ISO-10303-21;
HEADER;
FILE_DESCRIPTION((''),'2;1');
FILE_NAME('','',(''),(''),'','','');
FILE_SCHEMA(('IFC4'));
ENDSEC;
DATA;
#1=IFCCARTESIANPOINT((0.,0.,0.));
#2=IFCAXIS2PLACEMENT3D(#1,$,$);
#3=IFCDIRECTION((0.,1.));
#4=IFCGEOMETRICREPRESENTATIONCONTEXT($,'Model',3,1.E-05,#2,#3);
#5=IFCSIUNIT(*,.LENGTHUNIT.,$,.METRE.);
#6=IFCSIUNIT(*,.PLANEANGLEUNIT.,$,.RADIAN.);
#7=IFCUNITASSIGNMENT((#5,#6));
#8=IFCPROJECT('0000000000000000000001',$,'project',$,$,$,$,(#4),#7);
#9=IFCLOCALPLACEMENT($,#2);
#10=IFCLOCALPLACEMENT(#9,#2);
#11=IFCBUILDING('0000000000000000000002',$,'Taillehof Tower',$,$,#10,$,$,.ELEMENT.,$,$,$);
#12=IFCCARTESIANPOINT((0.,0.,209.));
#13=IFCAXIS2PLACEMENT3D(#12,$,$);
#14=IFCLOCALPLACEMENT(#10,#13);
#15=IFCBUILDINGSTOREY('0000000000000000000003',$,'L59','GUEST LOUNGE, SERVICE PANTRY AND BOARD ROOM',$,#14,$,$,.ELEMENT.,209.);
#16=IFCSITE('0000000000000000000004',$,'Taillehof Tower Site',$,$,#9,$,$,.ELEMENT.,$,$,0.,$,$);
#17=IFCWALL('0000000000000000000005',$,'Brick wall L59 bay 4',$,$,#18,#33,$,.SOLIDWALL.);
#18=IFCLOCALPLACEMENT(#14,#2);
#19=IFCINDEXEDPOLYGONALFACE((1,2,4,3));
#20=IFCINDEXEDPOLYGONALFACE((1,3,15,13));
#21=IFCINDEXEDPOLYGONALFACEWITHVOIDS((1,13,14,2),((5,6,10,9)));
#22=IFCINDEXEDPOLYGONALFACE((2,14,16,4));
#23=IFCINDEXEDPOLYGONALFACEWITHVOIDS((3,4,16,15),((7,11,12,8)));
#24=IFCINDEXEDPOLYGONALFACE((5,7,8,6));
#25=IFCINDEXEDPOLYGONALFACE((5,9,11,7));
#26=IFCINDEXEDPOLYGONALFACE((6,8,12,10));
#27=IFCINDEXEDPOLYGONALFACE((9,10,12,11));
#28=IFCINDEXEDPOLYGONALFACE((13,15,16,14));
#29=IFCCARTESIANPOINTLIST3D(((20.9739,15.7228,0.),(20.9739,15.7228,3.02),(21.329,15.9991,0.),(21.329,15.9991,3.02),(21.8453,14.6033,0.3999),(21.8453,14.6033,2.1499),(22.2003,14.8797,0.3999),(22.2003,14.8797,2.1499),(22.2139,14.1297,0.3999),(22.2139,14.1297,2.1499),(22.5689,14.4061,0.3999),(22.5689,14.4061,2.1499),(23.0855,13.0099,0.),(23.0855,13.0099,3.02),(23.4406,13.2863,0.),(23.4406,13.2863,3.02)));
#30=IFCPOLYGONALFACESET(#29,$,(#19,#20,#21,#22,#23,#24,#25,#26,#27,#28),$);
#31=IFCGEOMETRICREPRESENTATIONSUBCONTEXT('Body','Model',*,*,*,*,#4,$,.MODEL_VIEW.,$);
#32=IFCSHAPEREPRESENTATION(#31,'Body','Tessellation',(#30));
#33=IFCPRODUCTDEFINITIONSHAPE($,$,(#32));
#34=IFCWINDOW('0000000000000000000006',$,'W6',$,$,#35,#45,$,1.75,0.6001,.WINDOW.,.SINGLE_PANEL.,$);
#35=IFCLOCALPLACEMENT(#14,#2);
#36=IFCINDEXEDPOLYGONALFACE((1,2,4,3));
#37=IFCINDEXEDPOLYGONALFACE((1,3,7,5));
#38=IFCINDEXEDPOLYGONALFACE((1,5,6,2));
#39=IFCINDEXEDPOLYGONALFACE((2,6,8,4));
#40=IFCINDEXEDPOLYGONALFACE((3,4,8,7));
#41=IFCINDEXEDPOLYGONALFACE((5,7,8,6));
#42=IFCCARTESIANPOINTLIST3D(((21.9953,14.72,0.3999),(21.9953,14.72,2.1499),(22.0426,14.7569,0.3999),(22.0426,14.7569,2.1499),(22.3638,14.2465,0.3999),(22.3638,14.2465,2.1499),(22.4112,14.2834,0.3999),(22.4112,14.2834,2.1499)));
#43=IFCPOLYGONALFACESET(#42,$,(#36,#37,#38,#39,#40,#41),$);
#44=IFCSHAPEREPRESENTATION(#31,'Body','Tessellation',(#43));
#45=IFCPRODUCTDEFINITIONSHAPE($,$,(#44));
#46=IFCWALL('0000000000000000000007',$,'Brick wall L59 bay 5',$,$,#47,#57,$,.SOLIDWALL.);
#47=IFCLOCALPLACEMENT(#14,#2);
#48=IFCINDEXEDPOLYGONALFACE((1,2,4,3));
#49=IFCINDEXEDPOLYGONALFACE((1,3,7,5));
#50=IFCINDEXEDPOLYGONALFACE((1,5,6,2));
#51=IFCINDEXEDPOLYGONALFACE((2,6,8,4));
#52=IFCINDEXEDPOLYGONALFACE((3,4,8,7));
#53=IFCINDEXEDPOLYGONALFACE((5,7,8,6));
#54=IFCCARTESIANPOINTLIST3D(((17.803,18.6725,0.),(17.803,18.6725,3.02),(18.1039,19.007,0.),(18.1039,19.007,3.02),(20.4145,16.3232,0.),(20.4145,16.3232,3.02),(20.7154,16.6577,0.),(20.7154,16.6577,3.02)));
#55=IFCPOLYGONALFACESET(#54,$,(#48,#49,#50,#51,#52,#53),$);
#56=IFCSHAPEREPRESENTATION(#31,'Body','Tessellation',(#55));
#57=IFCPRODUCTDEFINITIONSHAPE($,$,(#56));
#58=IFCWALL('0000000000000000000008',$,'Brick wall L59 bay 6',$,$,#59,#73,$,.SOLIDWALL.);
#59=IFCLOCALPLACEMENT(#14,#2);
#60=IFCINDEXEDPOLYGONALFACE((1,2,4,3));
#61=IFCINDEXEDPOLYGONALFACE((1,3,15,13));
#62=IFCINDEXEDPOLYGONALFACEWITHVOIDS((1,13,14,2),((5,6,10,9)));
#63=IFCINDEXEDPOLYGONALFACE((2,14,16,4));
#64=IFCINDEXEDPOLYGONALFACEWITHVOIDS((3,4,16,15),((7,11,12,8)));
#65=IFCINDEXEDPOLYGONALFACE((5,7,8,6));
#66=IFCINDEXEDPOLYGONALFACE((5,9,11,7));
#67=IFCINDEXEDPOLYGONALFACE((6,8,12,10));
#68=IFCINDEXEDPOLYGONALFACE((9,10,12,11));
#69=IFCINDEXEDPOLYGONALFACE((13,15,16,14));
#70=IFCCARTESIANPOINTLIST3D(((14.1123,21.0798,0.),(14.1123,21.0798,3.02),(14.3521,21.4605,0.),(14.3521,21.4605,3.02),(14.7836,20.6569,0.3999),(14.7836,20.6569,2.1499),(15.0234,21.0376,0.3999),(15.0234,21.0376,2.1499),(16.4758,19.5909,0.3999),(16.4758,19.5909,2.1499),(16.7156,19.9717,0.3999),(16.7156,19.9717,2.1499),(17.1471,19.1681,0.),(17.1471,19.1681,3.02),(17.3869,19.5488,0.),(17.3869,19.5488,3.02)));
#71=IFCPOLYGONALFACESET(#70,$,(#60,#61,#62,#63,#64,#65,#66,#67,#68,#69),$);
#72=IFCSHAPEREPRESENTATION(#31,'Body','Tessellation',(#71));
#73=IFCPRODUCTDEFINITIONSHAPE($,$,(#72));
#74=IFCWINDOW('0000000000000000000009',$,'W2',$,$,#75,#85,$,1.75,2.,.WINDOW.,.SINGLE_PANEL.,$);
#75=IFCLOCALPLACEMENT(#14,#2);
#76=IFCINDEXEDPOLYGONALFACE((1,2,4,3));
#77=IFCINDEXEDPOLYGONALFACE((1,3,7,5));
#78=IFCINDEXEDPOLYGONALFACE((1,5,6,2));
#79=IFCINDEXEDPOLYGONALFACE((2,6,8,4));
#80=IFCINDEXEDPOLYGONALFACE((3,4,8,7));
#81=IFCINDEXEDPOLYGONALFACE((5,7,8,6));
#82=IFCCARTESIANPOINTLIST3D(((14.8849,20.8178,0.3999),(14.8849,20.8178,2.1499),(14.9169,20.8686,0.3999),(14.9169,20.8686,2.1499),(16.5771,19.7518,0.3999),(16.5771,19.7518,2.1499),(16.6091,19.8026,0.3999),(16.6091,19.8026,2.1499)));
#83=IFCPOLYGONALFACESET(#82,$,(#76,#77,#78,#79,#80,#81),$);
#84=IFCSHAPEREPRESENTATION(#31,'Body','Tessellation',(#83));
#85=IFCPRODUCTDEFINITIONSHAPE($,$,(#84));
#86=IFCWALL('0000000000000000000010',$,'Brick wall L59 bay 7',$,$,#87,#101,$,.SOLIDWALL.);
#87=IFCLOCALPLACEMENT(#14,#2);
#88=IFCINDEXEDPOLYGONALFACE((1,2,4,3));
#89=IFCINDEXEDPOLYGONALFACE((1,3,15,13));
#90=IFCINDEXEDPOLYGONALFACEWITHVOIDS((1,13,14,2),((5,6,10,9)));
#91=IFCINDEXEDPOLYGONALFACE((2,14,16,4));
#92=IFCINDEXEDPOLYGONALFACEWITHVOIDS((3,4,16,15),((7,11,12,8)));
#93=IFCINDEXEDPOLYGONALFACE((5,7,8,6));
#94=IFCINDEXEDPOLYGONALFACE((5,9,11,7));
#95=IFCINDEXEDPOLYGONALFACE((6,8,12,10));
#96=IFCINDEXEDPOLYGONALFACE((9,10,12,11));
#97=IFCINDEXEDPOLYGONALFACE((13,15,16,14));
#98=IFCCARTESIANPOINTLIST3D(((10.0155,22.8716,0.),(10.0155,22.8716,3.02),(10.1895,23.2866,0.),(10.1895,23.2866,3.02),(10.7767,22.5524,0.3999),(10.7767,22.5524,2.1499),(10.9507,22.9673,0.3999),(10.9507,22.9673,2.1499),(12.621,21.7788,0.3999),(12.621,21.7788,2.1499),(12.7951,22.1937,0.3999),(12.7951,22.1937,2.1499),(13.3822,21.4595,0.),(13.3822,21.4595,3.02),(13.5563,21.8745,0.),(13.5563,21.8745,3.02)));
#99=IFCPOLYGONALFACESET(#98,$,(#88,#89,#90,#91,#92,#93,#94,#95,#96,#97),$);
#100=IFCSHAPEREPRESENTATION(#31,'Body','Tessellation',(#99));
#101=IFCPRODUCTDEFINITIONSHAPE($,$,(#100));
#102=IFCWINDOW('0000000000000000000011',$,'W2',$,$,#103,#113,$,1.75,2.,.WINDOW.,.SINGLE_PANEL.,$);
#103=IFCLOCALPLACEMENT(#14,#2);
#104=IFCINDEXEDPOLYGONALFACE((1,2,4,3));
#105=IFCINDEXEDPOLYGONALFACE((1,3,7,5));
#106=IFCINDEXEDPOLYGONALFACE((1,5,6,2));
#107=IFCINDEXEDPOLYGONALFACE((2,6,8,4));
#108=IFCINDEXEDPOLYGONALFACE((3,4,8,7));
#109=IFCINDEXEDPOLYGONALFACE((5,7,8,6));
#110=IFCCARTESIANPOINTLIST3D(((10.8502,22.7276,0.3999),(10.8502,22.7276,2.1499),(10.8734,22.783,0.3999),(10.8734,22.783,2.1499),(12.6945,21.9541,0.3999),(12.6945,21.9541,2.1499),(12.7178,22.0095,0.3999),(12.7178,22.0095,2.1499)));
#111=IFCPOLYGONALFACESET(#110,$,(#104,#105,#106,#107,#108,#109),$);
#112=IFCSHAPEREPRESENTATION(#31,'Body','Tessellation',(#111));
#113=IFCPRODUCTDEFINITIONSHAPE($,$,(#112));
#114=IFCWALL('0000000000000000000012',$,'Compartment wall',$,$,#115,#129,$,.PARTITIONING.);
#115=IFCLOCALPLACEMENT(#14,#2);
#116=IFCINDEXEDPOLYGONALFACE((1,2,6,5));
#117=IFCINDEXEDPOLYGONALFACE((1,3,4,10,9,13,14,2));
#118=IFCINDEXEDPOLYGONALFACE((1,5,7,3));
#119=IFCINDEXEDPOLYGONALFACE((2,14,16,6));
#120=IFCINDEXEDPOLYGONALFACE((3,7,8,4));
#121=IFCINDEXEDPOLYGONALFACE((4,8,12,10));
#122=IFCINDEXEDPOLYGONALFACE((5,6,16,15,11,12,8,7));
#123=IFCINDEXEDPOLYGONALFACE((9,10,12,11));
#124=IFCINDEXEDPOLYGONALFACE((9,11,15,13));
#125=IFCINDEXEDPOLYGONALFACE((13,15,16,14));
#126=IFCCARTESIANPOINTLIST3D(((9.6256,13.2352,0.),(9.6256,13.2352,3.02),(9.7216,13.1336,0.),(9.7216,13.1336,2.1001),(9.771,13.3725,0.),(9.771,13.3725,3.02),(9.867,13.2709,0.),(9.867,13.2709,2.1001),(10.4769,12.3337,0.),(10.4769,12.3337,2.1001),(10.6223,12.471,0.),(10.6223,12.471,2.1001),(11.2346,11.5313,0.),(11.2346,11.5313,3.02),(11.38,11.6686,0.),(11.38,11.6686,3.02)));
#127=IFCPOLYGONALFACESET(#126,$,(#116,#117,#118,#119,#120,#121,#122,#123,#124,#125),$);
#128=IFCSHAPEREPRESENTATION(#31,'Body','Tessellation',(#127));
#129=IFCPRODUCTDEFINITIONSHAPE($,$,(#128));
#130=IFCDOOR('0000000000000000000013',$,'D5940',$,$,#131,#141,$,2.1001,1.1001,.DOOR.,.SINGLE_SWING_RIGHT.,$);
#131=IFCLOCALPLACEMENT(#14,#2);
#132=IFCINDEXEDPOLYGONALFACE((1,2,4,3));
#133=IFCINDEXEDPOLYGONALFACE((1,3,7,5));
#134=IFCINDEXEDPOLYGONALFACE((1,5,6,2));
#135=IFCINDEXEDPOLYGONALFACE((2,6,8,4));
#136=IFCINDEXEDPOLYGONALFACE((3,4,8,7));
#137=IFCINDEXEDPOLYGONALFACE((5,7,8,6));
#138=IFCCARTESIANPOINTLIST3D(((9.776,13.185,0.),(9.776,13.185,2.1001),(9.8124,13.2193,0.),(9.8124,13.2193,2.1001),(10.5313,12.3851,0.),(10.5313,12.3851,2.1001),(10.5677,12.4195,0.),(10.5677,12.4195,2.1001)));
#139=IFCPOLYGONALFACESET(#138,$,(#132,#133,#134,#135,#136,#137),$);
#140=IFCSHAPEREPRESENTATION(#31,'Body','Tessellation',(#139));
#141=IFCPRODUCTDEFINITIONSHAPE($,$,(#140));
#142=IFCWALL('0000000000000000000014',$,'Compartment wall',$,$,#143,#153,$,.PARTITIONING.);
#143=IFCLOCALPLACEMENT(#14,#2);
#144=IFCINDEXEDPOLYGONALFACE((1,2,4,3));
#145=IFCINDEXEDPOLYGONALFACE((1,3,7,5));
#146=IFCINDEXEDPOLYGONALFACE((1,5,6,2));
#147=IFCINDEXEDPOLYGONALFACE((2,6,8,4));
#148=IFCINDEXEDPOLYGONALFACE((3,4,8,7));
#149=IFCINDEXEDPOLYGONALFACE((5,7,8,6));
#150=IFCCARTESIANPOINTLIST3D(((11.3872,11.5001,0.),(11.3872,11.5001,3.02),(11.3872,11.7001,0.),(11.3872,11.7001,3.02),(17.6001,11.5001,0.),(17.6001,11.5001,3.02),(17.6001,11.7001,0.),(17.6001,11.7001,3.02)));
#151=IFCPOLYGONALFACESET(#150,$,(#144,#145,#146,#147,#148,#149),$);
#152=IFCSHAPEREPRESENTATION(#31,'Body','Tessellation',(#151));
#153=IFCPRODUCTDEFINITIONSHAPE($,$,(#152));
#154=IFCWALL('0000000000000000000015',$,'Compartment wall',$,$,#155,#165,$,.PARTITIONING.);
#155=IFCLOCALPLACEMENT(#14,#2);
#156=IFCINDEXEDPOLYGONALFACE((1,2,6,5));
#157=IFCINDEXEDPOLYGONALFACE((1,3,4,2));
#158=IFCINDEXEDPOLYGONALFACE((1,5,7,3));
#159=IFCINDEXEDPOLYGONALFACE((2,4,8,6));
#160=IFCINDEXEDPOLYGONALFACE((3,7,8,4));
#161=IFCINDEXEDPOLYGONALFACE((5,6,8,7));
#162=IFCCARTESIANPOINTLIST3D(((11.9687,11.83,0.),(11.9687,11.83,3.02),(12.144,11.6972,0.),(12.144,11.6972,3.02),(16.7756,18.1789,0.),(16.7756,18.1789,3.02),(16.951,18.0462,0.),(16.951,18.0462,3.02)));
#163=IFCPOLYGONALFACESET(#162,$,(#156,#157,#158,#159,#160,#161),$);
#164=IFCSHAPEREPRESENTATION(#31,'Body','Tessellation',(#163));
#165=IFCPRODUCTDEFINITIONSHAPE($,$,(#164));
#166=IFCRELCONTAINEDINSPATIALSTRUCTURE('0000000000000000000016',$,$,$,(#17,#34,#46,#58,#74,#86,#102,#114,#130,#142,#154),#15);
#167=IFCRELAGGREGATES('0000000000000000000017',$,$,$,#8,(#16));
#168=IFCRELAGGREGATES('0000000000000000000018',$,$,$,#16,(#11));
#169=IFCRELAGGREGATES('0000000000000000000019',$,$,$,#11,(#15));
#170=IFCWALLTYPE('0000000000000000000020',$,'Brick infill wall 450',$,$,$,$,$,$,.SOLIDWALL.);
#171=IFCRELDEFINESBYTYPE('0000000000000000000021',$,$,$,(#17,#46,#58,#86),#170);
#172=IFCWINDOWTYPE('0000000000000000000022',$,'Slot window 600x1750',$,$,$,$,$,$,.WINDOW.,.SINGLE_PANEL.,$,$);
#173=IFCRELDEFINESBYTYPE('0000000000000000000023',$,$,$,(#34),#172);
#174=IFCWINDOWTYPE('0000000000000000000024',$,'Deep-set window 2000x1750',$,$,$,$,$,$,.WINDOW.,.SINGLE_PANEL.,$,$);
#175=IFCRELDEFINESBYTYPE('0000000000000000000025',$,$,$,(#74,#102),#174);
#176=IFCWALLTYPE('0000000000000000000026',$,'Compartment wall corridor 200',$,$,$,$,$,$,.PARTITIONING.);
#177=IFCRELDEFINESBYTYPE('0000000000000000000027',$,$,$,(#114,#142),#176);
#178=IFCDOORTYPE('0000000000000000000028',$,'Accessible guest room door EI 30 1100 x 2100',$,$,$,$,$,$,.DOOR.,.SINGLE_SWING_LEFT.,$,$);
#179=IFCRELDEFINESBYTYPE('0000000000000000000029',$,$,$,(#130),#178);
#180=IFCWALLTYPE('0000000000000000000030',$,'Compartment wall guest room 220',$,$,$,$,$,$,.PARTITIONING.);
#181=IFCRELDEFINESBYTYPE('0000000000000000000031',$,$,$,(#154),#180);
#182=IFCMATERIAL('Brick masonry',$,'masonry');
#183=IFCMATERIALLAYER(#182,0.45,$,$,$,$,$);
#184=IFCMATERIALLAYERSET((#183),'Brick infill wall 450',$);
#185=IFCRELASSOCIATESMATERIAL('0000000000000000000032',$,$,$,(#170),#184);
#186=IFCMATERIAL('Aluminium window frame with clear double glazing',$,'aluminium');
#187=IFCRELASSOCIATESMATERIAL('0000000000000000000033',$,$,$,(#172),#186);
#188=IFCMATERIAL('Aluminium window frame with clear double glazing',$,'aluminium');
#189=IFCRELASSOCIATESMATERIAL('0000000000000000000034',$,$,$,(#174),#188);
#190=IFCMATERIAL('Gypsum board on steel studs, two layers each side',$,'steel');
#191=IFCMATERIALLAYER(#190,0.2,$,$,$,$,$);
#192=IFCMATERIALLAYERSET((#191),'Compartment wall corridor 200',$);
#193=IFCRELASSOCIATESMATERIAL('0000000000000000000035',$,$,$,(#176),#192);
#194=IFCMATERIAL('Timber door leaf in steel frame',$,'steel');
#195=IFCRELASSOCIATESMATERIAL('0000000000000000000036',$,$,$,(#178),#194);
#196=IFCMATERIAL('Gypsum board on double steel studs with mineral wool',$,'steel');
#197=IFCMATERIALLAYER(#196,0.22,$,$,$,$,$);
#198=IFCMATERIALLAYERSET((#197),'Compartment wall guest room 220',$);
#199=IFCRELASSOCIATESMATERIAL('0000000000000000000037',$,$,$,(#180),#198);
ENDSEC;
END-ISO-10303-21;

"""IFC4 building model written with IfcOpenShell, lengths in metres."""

from ifc_helpers import new_model, si_unit, direction, frame, frame_2d, origin, place, context, subcontext, project, spatial, rectangle, extrude, material, layer, layer_set, type_object, element, fill, save


model = new_model("IFC4")

# Units and contexts
model_context = context("Model", 3, precision=1e-05, world=origin(), true_north=direction((0.0, 1.0)))
body_context = subcontext(model_context, "Body", "Model", "MODEL_VIEW")
ifc_project = project(units=[si_unit("LENGTHUNIT", "METRE"), si_unit("PLANEANGLEUNIT", "RADIAN")], contexts=[model_context])

# Site, building, storey
site_placement = place(None, origin())
site = spatial("IfcSite", under=ifc_project, at=site_placement, Name="Taillehof Tower Site", CompositionType="ELEMENT", RefElevation=0.0)
building_placement = place(site_placement, origin())
building = spatial("IfcBuilding", under=site, at=building_placement, Name="Taillehof Tower", CompositionType="ELEMENT")
storey_placement = place(building_placement, frame((0.0, 0.0, 209.0)))
storey = spatial("IfcBuildingStorey", under=building, at=storey_placement, Name="L59", Description="GUEST LOUNGE, SERVICE PANTRY AND BOARD ROOM", CompositionType="ELEMENT", Elevation=209.0)

# Wall, opening, window
ifc_material_1 = material(Name="Brick masonry", Category="masonry")
ifc_layer_1 = layer(ifc_material_1, 0.45)
ifc_layer_set_1 = layer_set([ifc_layer_1], Name="Brick infill wall 450")
wall_type_1 = type_object("IfcWallType", Name="Brick infill wall 450", PredefinedType="SOLIDWALL", material=ifc_layer_set_1)
wall_1_placement = place(storey_placement, frame((23.2629, 13.1482, 0.0), z_axis=(0.0, 0.0, 1.0), x_axis=(-0.614221, 0.789134, 0.0)))
wall_1 = element("IfcWall", 1, at=wall_1_placement, inside=storey, type_object=wall_type_1, Name="Brick wall L59 bay 4", PredefinedType="SOLIDWALL", context=body_context, shape_type="SweptSolid", body=[
    extrude(rectangle(XDim=3.4377, YDim=0.45, at=frame_2d((1.7188, 0.0))), origin(), (0.0, 0.0, 1.0), 3.02),
])
opening_1_placement = place(wall_1_placement, frame((1.4189, 0.0, 0.3999)))
opening_1 = element("IfcOpeningElement", 2, at=opening_1_placement, cuts=wall_1, PredefinedType="OPENING", context=body_context, shape_type="SweptSolid", body=[
    extrude(rectangle(XDim=0.6001, YDim=1.75, at=frame_2d((0.3, 0.875))), frame((0.0, 0.2349, 0.0), z_axis=(0.0, -1.0, 0.0), x_axis=(1.0, 0.0, 0.0)), (0.0, 0.0, 1.0), 0.47),
])
ifc_material_2 = material(Name="Aluminium window frame with clear double glazing", Category="aluminium")
window_type_1 = type_object("IfcWindowType", Name="Slot window 600x1750", PartitioningType="SINGLE_PANEL", PredefinedType="WINDOW", material=ifc_material_2)
window_1_placement = place(opening_1_placement, origin())
window_1 = element("IfcWindow", 3, at=window_1_placement, inside=storey, type_object=window_type_1, Name="W6", OverallHeight=1.75, OverallWidth=0.6001, PartitioningType="SINGLE_PANEL", PredefinedType="WINDOW", context=body_context, shape_type="SweptSolid", body=[
    extrude(rectangle(XDim=0.6001, YDim=1.75, at=frame_2d((0.3, 0.875))), frame((0.0, 0.0349, 0.0), z_axis=(0.0, -1.0, 0.0), x_axis=(1.0, 0.0, 0.0)), (0.0, 0.0, 1.0), 0.0601),
])
fill(opening_1, window_1)

# Wall
wall_2_placement = place(storey_placement, frame((20.5649, 16.4905, 0.0), z_axis=(0.0, 0.0, 1.0), x_axis=(-0.743443, 0.6688, 0.0)))
element("IfcWall", 4, at=wall_2_placement, inside=storey, type_object=wall_type_1, Name="Brick wall L59 bay 5", PredefinedType="SOLIDWALL", context=body_context, shape_type="SweptSolid", body=[
    extrude(rectangle(XDim=3.5127, YDim=0.45, at=frame_2d((1.7563, 0.0))), origin(), (0.0, 0.0, 1.0), 3.02),
])

# Walls, openings, windows
wall_3_placement = place(storey_placement, frame((17.2671, 19.3584, 0.0), z_axis=(0.0, 0.0, 1.0), x_axis=(-0.846119, 0.532994, 0.0)))
wall_3 = element("IfcWall", 5, at=wall_3_placement, inside=storey, type_object=wall_type_1, Name="Brick wall L59 bay 6", PredefinedType="SOLIDWALL", context=body_context, shape_type="SweptSolid", body=[
    extrude(rectangle(XDim=3.5867, YDim=0.45, at=frame_2d((1.7935, 0.0))), origin(), (0.0, 0.0, 1.0), 3.02),
])
opening_2_placement = place(wall_3_placement, frame((0.7935, 0.0, 0.3999)))
opening_2 = element("IfcOpeningElement", 6, at=opening_2_placement, cuts=wall_3, PredefinedType="OPENING", context=body_context, shape_type="SweptSolid", body=[
    extrude(rectangle(XDim=2.0, YDim=1.75, at=frame_2d((1.0, 0.875))), frame((0.0, 0.2349, 0.0), z_axis=(0.0, -1.0, 0.0), x_axis=(1.0, 0.0, 0.0)), (0.0, 0.0, 1.0), 0.47),
])
ifc_material_3 = material(Name="Aluminium window frame with clear double glazing", Category="aluminium")
window_type_2 = type_object("IfcWindowType", Name="Deep-set window 2000x1750", PartitioningType="SINGLE_PANEL", PredefinedType="WINDOW", material=ifc_material_3)
window_2_placement = place(opening_2_placement, origin())
window_2 = element("IfcWindow", 7, at=window_2_placement, inside=storey, type_object=window_type_2, Name="W2", OverallHeight=1.75, OverallWidth=2.0, PartitioningType="SINGLE_PANEL", PredefinedType="WINDOW", context=body_context, shape_type="SweptSolid", body=[
    extrude(rectangle(XDim=2.0, YDim=1.75, at=frame_2d((1.0, 0.875))), frame((0.0, 0.0349, 0.0), z_axis=(0.0, -1.0, 0.0), x_axis=(1.0, 0.0, 0.0)), (0.0, 0.0, 1.0), 0.0601),
])
fill(opening_2, window_2)
wall_4_placement = place(storey_placement, frame((13.4692, 21.667, 0.0), z_axis=(0.0, 0.0, 1.0), x_axis=(-0.922168, 0.386789, 0.0)))
wall_4 = element("IfcWall", 8, at=wall_4_placement, inside=storey, type_object=wall_type_1, Name="Brick wall L59 bay 7", PredefinedType="SOLIDWALL", context=body_context, shape_type="SweptSolid", body=[
    extrude(rectangle(XDim=3.6509, YDim=0.45, at=frame_2d((1.8254, 0.0))), origin(), (0.0, 0.0, 1.0), 3.02),
])
opening_3_placement = place(wall_4_placement, frame((0.8254, 0.0, 0.3999)))
opening_3 = element("IfcOpeningElement", 9, at=opening_3_placement, cuts=wall_4, PredefinedType="OPENING", context=body_context, shape_type="SweptSolid", body=[
    extrude(rectangle(XDim=2.0, YDim=1.75, at=frame_2d((1.0, 0.875))), frame((0.0, 0.2349, 0.0), z_axis=(0.0, -1.0, 0.0), x_axis=(1.0, 0.0, 0.0)), (0.0, 0.0, 1.0), 0.47),
])
window_3_placement = place(opening_3_placement, origin())
window_3 = element("IfcWindow", 10, at=window_3_placement, inside=storey, type_object=window_type_2, Name="W2", OverallHeight=1.75, OverallWidth=2.0, PartitioningType="SINGLE_PANEL", PredefinedType="WINDOW", context=body_context, shape_type="SweptSolid", body=[
    extrude(rectangle(XDim=2.0, YDim=1.75, at=frame_2d((1.0, 0.875))), frame((0.0, 0.0349, 0.0), z_axis=(0.0, -1.0, 0.0), x_axis=(1.0, 0.0, 0.0)), (0.0, 0.0, 1.0), 0.0601),
])
fill(opening_3, window_3)

# Wall, opening, door
ifc_material_4 = material(Name="Gypsum board on steel studs, two layers each side", Category="steel")
ifc_layer_2 = layer(ifc_material_4, 0.2)
ifc_layer_set_2 = layer_set([ifc_layer_2], Name="Compartment wall corridor 200")
wall_type_2 = type_object("IfcWallType", Name="Compartment wall corridor 200", PredefinedType="PARTITIONING", material=ifc_layer_set_2)
wall_5_placement = place(storey_placement, frame((9.6982, 13.304, 0.0), z_axis=(0.0, 0.0, 1.0), x_axis=(0.686553, -0.72708, 0.0)))
wall_5 = element("IfcWall", 11, at=wall_5_placement, inside=storey, type_object=wall_type_2, Name="Compartment wall", PredefinedType="PARTITIONING", context=body_context, shape_type="SweptSolid", body=[
    extrude(rectangle(XDim=2.3435, YDim=0.2, at=frame_2d((1.1719, 0.0))), origin(), (0.0, 0.0, 1.0), 3.02),
])
opening_4_placement = place(wall_5_placement, frame((0.1399, 0.0, 0.0)))
opening_4 = element("IfcOpeningElement", 12, at=opening_4_placement, cuts=wall_5, PredefinedType="OPENING", context=body_context, shape_type="SweptSolid", body=[
    extrude(rectangle(XDim=1.1001, YDim=2.1001, at=frame_2d((0.55, 1.05))), frame((0.0, 0.1099, 0.0), z_axis=(0.0, -1.0, 0.0), x_axis=(1.0, 0.0, 0.0)), (0.0, 0.0, 1.0), 0.22),
])
ifc_material_5 = material(Name="Timber door leaf in steel frame", Category="steel")
door_type_1 = type_object("IfcDoorType", Name="Accessible guest room door EI 30 1100 x 2100", OperationType="SINGLE_SWING_LEFT", PredefinedType="DOOR", material=ifc_material_5)
door_1_placement = place(opening_4_placement, origin())
door_1 = element("IfcDoor", 13, at=door_1_placement, inside=storey, type_object=door_type_1, Name="D5940", OperationType="SINGLE_SWING_RIGHT", OverallHeight=2.1001, OverallWidth=1.1001, PredefinedType="DOOR", context=body_context, shape_type="SweptSolid", body=[
    extrude(rectangle(XDim=1.1001, YDim=2.1001, at=frame_2d((0.55, 1.05))), frame((0.0, 0.0249, 0.0), z_axis=(0.0, -1.0, 0.0), x_axis=(1.0, 0.0, 0.0)), (0.0, 0.0, 1.0), 0.05),
])
fill(opening_4, door_1)

# Walls
wall_6_placement = place(storey_placement, frame((11.3872, 11.6001, 0.0), z_axis=(0.0, 0.0, 1.0), x_axis=(1.0, 0.0, 0.0)))
element("IfcWall", 14, at=wall_6_placement, inside=storey, type_object=wall_type_2, Name="Compartment wall", PredefinedType="PARTITIONING", context=body_context, shape_type="SweptSolid", body=[
    extrude(rectangle(XDim=6.2129, YDim=0.2, at=frame_2d((3.1064, 0.0))), origin(), (0.0, 0.0, 1.0), 3.02),
])
ifc_material_6 = material(Name="Gypsum board on double steel studs with mineral wool", Category="steel")
ifc_layer_3 = layer(ifc_material_6, 0.22)
ifc_layer_set_3 = layer_set([ifc_layer_3], Name="Compartment wall guest room 220")
wall_type_3 = type_object("IfcWallType", Name="Compartment wall guest room 220", PredefinedType="PARTITIONING", material=ifc_layer_set_3)
wall_7_placement = place(storey_placement, frame((16.8633, 18.1125, 0.0), z_axis=(0.0, 0.0, 1.0), x_axis=(-0.603629, -0.797266, 0.0)))
element("IfcWall", 15, at=wall_7_placement, inside=storey, type_object=wall_type_3, Name="Compartment wall", PredefinedType="PARTITIONING", context=body_context, shape_type="SweptSolid", body=[
    extrude(rectangle(XDim=7.9634, YDim=0.22, at=frame_2d((3.9817, 0.0))), origin(), (0.0, 0.0, 1.0), 3.02),
])

save(model, "model.ifc")
